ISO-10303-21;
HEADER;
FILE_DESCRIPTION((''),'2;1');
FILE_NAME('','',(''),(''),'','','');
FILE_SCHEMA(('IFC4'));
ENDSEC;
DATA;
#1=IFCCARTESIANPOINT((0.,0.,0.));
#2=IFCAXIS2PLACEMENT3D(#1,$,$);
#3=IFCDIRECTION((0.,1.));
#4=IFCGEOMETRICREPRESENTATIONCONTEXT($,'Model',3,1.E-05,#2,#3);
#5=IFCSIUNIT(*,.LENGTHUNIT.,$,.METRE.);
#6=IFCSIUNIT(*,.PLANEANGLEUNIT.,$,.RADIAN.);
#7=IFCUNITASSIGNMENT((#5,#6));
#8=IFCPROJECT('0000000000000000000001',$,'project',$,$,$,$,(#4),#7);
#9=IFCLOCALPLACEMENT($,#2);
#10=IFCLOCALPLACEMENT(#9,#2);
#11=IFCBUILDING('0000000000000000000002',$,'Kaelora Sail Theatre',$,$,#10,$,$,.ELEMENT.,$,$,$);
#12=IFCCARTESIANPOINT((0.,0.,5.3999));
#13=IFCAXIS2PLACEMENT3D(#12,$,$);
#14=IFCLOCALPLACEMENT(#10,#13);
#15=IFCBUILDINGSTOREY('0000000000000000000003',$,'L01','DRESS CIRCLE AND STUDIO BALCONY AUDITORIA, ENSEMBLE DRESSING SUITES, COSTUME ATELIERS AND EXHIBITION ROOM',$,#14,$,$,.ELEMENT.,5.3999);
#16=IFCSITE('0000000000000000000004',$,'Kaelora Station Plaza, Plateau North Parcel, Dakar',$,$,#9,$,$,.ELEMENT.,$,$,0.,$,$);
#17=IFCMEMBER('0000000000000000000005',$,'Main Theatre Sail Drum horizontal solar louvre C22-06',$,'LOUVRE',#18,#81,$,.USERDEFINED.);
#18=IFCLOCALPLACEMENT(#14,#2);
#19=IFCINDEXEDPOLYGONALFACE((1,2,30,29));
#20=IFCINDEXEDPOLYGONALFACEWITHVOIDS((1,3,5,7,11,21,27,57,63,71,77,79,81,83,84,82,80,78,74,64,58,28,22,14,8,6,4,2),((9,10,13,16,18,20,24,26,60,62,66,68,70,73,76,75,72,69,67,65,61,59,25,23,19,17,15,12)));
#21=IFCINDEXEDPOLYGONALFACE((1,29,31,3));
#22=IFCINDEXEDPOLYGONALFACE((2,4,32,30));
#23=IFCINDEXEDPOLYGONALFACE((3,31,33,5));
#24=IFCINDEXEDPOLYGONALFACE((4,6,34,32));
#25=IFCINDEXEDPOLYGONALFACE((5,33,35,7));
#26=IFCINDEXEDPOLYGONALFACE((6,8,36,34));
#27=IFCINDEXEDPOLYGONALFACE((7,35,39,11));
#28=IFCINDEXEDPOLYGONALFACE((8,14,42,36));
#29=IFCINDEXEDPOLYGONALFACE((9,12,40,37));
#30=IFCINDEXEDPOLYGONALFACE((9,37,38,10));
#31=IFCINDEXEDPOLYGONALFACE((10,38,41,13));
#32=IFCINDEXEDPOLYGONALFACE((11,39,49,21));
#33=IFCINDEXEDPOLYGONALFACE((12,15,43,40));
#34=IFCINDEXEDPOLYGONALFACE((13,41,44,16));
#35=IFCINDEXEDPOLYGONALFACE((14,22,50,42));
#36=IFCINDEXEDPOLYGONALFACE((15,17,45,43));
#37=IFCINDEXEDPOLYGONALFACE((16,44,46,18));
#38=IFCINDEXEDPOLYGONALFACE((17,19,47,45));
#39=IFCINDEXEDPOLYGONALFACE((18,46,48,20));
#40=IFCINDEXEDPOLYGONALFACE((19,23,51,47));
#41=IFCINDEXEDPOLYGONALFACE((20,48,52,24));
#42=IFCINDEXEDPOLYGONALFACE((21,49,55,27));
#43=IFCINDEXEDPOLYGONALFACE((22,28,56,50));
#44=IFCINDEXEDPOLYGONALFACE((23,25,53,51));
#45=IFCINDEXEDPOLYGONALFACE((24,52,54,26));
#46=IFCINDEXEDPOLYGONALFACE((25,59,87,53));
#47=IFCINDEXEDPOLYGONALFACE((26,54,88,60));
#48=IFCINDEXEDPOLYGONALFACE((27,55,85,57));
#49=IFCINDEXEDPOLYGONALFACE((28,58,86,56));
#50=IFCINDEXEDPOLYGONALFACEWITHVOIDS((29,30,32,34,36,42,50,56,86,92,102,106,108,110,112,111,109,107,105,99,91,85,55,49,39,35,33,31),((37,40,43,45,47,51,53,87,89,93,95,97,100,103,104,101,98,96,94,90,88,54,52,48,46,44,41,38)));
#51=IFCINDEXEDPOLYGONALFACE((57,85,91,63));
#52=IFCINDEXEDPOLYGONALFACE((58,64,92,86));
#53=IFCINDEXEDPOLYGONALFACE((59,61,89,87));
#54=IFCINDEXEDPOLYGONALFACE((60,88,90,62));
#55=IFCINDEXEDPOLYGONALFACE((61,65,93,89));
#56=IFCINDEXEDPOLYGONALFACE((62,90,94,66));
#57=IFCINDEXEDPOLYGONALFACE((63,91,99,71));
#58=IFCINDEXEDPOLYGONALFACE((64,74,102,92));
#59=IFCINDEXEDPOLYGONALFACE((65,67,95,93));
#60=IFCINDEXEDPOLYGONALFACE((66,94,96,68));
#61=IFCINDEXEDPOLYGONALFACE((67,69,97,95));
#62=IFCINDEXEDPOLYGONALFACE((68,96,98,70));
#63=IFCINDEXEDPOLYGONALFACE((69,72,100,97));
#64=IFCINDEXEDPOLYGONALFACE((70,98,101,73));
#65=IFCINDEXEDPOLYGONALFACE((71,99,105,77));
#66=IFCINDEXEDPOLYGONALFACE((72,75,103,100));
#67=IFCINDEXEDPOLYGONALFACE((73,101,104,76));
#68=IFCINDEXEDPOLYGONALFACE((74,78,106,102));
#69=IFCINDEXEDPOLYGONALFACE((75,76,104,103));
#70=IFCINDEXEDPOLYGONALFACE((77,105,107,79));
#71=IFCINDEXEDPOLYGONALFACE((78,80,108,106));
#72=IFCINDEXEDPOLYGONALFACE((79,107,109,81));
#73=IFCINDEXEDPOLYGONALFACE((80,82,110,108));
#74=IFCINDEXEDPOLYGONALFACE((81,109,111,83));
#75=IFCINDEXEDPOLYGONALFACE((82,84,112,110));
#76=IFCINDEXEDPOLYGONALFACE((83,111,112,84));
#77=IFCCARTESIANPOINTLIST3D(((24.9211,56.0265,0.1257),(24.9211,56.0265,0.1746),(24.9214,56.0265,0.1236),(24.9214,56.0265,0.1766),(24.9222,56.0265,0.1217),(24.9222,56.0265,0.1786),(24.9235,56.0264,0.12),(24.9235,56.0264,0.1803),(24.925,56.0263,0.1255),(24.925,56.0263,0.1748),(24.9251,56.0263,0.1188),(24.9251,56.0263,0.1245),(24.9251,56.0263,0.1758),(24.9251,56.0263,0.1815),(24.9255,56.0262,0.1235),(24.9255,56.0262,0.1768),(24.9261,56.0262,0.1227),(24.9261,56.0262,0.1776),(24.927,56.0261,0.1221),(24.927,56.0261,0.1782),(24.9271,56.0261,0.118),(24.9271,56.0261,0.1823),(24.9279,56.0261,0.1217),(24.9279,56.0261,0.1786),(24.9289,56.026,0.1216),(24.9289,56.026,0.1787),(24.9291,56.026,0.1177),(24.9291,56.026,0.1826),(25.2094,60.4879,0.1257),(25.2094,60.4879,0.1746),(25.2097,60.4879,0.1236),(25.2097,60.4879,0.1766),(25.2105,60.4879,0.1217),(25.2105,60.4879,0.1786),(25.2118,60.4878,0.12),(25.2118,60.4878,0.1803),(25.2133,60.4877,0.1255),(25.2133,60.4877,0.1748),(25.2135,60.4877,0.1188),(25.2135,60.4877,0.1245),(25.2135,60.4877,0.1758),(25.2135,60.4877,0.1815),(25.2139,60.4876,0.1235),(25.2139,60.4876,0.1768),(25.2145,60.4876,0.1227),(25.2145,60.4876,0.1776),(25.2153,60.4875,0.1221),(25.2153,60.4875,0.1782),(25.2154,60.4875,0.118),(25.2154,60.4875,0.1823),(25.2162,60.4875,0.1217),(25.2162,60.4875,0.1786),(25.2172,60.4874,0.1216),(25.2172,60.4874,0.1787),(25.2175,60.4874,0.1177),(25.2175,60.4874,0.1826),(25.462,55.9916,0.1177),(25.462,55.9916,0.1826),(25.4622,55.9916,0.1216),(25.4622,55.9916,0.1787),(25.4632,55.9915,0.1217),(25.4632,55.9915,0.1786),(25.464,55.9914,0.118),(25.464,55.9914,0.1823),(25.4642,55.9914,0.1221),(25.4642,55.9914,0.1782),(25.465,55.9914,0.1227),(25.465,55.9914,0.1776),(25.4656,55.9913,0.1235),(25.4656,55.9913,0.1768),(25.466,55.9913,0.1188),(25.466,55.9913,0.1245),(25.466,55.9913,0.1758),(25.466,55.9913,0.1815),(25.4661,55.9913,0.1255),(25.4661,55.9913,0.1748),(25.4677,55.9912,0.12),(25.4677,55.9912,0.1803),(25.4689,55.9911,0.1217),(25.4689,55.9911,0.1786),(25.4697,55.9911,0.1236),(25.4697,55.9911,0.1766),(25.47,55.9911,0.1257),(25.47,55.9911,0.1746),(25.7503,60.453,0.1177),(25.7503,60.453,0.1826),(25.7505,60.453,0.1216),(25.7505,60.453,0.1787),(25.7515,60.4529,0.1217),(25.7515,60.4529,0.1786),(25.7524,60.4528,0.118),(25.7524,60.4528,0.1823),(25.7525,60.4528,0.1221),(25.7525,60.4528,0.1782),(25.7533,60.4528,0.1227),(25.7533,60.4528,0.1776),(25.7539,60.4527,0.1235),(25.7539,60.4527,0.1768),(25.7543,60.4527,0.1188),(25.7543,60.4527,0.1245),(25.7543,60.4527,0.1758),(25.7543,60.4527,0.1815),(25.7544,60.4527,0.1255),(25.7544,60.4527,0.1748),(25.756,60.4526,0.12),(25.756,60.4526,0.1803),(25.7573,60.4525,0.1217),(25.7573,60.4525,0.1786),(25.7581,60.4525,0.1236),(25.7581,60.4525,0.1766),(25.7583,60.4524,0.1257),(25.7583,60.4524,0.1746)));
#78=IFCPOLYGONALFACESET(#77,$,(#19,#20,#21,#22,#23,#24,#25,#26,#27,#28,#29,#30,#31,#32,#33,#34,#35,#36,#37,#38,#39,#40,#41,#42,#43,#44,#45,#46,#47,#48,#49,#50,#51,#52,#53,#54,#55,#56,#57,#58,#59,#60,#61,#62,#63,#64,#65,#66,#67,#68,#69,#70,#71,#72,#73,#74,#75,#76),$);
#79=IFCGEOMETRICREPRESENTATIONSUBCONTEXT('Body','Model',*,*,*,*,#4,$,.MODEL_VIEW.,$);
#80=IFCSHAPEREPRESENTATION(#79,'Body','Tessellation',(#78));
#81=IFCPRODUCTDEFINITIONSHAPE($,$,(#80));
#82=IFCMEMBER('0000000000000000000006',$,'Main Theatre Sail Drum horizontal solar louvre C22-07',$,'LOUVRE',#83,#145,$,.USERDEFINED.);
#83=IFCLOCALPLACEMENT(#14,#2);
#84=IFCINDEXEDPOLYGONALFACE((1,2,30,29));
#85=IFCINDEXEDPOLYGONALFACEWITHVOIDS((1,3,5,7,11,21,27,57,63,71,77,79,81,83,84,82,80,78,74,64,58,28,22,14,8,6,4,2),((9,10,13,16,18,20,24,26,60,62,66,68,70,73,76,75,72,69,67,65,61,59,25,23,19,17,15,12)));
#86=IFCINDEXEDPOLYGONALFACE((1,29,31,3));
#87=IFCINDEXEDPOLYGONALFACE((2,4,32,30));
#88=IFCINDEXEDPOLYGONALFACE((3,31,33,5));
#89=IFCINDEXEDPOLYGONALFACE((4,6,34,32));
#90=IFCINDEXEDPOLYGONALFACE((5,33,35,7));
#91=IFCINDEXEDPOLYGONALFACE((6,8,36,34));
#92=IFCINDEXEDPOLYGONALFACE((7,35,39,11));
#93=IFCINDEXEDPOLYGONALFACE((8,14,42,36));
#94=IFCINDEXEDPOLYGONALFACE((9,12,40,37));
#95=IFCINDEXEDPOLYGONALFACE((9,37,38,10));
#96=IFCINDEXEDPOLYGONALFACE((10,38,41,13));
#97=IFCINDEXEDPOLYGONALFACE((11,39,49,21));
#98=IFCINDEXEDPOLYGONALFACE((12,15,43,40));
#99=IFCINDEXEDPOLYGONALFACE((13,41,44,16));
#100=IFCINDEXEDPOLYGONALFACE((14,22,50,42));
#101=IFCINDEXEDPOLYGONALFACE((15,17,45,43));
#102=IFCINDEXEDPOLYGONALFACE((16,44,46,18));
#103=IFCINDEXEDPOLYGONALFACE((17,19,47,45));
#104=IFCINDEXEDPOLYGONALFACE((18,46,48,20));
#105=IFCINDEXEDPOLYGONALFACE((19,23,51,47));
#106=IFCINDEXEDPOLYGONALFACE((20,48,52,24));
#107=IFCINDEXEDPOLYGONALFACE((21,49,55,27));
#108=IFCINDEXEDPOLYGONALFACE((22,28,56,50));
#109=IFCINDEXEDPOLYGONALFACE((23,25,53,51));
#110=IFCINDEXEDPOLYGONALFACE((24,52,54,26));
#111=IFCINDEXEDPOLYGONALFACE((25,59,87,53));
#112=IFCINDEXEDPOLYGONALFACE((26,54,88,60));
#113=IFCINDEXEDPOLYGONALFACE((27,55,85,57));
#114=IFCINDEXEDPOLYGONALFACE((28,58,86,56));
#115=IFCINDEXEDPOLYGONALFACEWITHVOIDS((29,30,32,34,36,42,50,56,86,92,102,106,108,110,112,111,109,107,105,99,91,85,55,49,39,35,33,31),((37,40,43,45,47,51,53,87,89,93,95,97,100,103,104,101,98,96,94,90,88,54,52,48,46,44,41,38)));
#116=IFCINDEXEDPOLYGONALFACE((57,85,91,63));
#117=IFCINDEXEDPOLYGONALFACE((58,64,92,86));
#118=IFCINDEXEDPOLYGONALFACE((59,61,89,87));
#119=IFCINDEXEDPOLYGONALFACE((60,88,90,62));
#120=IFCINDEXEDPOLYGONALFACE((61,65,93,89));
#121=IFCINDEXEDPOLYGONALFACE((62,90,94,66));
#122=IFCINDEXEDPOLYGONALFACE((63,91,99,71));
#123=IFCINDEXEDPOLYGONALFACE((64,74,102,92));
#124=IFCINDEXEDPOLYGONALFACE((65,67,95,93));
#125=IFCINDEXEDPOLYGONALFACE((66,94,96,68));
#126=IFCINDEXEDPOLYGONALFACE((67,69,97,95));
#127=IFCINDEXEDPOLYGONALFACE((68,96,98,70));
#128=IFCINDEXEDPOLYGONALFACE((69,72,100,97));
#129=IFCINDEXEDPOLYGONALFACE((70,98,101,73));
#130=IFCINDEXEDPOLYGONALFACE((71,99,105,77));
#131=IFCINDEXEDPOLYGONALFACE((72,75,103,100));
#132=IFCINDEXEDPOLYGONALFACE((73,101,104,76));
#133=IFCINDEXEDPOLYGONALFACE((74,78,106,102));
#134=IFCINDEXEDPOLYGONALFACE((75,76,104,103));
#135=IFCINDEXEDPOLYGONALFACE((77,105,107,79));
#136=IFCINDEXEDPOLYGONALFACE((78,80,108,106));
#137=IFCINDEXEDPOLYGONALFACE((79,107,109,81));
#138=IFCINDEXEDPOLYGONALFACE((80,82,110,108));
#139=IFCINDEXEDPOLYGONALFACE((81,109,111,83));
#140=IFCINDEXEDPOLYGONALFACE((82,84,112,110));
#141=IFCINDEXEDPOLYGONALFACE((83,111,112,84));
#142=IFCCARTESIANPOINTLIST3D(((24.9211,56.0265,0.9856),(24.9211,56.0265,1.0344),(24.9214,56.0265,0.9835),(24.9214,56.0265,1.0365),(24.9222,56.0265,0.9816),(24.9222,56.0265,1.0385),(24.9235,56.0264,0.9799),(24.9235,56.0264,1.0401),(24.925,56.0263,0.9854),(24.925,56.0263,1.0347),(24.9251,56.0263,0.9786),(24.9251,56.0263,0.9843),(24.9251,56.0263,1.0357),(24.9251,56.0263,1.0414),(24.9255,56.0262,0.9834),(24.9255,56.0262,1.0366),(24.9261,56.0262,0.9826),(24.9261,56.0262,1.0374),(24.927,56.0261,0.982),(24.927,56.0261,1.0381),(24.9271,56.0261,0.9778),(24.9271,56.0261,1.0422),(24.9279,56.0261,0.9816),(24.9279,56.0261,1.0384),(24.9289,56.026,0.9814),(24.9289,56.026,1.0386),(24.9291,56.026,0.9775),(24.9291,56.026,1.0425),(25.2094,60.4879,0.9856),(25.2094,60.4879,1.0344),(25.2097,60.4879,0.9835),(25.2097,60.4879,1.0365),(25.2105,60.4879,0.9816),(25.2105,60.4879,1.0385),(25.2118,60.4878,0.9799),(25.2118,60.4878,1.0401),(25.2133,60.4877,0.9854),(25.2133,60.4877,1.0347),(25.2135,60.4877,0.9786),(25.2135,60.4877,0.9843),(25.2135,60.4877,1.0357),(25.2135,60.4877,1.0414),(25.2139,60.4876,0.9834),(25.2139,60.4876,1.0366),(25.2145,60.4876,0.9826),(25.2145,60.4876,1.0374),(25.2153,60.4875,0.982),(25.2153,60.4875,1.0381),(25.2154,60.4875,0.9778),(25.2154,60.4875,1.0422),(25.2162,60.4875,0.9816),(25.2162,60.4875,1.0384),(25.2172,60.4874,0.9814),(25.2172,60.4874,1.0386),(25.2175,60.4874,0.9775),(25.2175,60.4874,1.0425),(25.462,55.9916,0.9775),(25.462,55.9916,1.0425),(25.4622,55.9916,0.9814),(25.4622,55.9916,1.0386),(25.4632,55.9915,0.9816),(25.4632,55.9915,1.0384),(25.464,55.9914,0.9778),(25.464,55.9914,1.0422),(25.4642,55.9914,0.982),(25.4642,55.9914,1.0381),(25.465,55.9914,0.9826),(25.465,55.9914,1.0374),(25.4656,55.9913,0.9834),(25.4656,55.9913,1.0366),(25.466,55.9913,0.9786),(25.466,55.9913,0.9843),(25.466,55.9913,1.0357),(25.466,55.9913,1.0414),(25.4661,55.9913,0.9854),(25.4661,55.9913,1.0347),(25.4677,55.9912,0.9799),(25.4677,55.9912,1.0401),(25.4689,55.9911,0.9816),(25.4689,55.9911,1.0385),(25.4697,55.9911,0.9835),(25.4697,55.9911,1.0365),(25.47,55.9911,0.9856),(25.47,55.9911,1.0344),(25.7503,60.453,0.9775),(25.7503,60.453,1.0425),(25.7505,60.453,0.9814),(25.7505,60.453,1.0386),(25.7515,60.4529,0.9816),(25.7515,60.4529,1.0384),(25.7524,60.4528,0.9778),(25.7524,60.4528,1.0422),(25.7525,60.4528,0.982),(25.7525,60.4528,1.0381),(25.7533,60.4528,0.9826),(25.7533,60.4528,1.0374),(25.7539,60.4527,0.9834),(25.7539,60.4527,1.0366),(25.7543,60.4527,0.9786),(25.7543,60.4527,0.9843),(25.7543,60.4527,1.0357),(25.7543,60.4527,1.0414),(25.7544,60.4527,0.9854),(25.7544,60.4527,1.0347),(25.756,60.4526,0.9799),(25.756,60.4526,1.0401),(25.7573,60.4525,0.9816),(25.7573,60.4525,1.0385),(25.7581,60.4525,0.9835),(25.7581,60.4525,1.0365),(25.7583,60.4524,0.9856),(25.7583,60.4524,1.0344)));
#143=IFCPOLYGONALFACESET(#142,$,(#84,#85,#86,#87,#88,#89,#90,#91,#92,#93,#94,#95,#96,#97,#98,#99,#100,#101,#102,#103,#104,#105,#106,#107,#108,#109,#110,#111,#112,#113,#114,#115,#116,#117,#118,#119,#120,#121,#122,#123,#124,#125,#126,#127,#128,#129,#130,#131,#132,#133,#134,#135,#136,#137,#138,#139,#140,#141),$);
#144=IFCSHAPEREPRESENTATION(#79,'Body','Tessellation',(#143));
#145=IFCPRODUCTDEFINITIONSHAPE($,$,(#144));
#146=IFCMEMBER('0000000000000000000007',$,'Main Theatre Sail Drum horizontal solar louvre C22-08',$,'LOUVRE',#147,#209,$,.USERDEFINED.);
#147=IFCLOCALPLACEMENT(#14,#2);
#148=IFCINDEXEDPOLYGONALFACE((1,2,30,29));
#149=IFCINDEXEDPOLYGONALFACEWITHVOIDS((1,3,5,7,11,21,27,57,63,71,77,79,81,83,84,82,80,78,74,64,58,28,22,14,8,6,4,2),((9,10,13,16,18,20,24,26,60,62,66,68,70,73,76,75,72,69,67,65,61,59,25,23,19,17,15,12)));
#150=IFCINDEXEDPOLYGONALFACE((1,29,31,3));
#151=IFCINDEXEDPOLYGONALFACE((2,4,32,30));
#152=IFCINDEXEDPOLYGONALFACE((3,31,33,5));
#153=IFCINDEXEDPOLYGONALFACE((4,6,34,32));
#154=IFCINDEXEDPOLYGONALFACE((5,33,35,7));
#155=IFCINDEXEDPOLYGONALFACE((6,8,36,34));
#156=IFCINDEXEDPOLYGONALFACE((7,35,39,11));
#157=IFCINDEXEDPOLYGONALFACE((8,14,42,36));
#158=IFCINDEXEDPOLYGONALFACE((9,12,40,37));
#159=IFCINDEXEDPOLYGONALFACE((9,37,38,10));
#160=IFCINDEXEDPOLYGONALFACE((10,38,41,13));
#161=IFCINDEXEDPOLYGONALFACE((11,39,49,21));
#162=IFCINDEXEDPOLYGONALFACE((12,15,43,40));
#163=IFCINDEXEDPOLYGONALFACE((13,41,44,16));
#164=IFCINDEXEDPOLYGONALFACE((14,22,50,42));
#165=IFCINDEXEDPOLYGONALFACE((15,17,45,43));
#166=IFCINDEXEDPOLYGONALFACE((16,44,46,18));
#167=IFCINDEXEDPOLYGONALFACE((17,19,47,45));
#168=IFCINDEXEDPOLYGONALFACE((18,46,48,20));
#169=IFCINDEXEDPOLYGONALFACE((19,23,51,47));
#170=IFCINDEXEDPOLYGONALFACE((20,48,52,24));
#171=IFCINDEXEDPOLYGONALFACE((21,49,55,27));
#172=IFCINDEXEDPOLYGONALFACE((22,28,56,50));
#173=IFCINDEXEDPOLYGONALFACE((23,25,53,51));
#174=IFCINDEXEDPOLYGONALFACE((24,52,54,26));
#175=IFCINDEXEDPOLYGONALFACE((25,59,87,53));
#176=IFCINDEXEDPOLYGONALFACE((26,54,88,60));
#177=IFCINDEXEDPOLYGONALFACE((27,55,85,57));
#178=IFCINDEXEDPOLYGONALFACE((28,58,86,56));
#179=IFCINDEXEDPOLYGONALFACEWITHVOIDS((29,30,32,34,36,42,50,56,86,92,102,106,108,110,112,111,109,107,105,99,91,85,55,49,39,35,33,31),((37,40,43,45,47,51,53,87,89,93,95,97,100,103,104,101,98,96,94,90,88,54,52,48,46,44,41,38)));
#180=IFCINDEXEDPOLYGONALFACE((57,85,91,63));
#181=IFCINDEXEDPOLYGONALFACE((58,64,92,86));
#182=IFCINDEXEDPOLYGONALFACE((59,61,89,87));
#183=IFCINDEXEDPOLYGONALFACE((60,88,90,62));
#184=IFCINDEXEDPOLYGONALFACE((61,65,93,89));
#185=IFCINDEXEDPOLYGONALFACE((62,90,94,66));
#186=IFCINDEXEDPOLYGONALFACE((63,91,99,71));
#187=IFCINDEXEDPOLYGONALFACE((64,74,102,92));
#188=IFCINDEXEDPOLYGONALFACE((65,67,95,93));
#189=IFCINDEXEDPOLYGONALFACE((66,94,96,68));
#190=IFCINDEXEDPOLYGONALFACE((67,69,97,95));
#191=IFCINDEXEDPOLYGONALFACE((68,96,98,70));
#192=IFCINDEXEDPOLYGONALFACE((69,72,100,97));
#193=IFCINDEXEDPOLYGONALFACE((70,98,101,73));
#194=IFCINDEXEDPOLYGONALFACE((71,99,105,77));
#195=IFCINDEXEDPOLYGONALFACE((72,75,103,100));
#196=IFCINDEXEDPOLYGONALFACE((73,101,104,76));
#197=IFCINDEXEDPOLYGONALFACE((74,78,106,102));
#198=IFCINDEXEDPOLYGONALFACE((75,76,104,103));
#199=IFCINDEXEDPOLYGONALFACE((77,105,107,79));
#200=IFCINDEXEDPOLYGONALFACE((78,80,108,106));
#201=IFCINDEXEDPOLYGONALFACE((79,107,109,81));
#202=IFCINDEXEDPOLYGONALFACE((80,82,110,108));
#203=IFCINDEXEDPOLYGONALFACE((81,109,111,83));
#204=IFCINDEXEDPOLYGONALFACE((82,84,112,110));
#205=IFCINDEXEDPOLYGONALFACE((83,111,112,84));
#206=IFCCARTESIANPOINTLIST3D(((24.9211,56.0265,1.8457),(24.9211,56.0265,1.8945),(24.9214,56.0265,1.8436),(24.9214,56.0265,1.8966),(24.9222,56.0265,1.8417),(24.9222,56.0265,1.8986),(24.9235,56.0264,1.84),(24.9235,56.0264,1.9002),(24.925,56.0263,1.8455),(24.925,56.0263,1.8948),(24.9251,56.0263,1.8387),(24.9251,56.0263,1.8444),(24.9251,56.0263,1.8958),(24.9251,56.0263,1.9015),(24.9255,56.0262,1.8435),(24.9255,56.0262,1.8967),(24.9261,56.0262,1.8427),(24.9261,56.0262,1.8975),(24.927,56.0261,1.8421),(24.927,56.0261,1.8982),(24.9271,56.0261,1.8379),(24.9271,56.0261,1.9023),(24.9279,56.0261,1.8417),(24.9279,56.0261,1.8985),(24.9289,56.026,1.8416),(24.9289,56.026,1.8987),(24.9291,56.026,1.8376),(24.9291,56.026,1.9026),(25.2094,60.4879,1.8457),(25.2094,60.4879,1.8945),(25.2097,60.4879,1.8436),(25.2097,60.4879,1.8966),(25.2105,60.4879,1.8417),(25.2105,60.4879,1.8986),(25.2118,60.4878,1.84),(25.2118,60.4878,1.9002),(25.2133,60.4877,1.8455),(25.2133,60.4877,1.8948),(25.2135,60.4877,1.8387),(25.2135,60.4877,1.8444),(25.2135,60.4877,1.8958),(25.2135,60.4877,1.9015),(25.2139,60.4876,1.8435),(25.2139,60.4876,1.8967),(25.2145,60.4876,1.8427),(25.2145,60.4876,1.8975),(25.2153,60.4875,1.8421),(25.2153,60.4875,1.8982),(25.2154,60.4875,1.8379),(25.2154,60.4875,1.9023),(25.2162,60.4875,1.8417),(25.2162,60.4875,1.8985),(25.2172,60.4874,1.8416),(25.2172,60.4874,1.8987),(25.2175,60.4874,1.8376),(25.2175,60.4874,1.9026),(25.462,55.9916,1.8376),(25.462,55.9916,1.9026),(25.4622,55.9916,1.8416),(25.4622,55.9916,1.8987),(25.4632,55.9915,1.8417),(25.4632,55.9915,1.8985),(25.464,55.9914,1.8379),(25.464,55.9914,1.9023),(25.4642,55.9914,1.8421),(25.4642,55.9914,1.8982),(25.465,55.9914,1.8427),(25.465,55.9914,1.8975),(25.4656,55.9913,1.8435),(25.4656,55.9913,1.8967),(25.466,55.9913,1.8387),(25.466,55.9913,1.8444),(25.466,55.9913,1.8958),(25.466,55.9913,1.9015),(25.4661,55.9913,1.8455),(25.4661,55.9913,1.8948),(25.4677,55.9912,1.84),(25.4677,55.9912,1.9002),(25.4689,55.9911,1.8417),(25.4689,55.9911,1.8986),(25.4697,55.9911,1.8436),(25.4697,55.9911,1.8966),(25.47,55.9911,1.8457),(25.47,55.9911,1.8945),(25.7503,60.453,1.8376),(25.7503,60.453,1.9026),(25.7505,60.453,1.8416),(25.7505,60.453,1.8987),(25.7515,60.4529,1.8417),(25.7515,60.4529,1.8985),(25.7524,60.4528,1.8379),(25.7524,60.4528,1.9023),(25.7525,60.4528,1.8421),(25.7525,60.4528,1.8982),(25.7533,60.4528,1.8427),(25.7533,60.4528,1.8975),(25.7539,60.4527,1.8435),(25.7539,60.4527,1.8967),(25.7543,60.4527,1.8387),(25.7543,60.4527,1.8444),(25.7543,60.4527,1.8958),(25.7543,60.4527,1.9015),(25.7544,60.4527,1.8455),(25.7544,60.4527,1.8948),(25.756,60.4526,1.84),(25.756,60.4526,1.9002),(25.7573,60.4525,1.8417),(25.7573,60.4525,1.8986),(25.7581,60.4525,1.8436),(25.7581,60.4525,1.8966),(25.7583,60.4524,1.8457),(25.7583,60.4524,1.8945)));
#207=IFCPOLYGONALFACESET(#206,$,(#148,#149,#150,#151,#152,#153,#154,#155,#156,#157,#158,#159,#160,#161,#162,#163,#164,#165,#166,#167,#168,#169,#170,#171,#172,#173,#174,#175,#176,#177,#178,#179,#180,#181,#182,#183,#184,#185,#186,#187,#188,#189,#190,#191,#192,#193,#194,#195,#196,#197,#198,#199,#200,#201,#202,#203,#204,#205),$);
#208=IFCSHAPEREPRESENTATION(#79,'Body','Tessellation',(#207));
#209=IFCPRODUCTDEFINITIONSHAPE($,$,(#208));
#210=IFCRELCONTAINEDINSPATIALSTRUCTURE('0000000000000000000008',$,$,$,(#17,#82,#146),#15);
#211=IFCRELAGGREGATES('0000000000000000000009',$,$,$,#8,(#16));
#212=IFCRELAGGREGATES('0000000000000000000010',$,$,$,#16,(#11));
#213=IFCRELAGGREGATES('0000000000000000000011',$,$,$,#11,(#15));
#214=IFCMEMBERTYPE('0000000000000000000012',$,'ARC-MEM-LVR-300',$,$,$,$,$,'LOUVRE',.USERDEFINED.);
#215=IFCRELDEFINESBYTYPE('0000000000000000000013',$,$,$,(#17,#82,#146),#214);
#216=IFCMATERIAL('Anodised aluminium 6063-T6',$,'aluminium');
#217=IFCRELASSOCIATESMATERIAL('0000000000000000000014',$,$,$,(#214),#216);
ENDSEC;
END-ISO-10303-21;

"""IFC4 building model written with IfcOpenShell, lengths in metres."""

from ifc_helpers import new_model, si_unit, direction, frame, origin, origin_2d, place, context, subcontext, project, spatial, hollow_rectangle, extrude, material, material_profile, profile_set, type_object, element, save


model = new_model("IFC4")

# Units and contexts
model_context = context("Model", 3, precision=1e-05, world=origin(), true_north=direction((0.0, 1.0)))
body_context = subcontext(model_context, "Body", "Model", "MODEL_VIEW")
ifc_project = project(units=[si_unit("LENGTHUNIT", "METRE"), si_unit("PLANEANGLEUNIT", "RADIAN")], contexts=[model_context])

# Site, building, storey
site_placement = place(None, origin())
site = spatial("IfcSite", under=ifc_project, at=site_placement, Name="Kaelora Station Plaza, Plateau North Parcel, Dakar", CompositionType="ELEMENT", RefElevation=0.0)
building_placement = place(site_placement, origin())
building = spatial("IfcBuilding", under=site, at=building_placement, Name="Kaelora Sail Theatre", CompositionType="ELEMENT")
storey_placement = place(building_placement, frame((0.0, 0.0, 5.3999)))
storey = spatial("IfcBuildingStorey", under=building, at=storey_placement, Name="L01", Description="DRESS CIRCLE AND STUDIO BALCONY AUDITORIA, ENSEMBLE DRESSING SUITES, COSTUME ATELIERS AND EXHIBITION ROOM", CompositionType="ELEMENT", Elevation=5.3999)

# Members
ifc_material_1 = material(Name="Anodised aluminium 6063-T6", Category="aluminium")
ifc_material_profile_1 = material_profile(ifc_material_1, hollow_rectangle(XDim=0.55, YDim=0.0649, WallThickness=0.0039, InnerFilletRadius=0.0039, OuterFilletRadius=0.0081, at=origin_2d()), Name="LOUVRE 550x65x4")
ifc_profile_set_1 = profile_set([ifc_material_profile_1], Name="Anodised aluminium 6063-T6")
member_type = type_object("IfcMemberType", Name="ARC-MEM-LVR-300", ElementType="LOUVRE", PredefinedType="USERDEFINED", material=ifc_profile_set_1)
for number, where, z_axis, x_axis, name in (
    (1, (25.1956, 56.0088, 0.1501), (0.064493, 0.997918, 0.0), (-0.997918, 0.064493, 0.0), "Main Theatre Sail Drum horizontal solar louvre C22-06"),
    (2, (25.1956, 56.0088, 1.01), (0.064493, 0.997918, 0.0), (-0.997918, 0.064493, 0.0), "Main Theatre Sail Drum horizontal solar louvre C22-07"),
    (3, (25.1956, 56.0088, 1.8701), (0.064493, 0.997918, 0.0), (-0.997918, 0.064493, 0.0), "Main Theatre Sail Drum horizontal solar louvre C22-08"),
):
    element("IfcMember", number, at=place(storey_placement, frame(where, z_axis=z_axis, x_axis=x_axis)), inside=storey, type_object=member_type, Name=name, ObjectType="LOUVRE", PredefinedType="USERDEFINED", context=body_context, shape_type="SweptSolid", body=[
        extrude(hollow_rectangle(XDim=0.55, YDim=0.0649, WallThickness=0.0039, InnerFilletRadius=0.0039, OuterFilletRadius=0.0081, at=origin_2d()), origin(), (0.0, 0.0, 1.0), 4.4707),
    ])

save(model, "model.ifc")
